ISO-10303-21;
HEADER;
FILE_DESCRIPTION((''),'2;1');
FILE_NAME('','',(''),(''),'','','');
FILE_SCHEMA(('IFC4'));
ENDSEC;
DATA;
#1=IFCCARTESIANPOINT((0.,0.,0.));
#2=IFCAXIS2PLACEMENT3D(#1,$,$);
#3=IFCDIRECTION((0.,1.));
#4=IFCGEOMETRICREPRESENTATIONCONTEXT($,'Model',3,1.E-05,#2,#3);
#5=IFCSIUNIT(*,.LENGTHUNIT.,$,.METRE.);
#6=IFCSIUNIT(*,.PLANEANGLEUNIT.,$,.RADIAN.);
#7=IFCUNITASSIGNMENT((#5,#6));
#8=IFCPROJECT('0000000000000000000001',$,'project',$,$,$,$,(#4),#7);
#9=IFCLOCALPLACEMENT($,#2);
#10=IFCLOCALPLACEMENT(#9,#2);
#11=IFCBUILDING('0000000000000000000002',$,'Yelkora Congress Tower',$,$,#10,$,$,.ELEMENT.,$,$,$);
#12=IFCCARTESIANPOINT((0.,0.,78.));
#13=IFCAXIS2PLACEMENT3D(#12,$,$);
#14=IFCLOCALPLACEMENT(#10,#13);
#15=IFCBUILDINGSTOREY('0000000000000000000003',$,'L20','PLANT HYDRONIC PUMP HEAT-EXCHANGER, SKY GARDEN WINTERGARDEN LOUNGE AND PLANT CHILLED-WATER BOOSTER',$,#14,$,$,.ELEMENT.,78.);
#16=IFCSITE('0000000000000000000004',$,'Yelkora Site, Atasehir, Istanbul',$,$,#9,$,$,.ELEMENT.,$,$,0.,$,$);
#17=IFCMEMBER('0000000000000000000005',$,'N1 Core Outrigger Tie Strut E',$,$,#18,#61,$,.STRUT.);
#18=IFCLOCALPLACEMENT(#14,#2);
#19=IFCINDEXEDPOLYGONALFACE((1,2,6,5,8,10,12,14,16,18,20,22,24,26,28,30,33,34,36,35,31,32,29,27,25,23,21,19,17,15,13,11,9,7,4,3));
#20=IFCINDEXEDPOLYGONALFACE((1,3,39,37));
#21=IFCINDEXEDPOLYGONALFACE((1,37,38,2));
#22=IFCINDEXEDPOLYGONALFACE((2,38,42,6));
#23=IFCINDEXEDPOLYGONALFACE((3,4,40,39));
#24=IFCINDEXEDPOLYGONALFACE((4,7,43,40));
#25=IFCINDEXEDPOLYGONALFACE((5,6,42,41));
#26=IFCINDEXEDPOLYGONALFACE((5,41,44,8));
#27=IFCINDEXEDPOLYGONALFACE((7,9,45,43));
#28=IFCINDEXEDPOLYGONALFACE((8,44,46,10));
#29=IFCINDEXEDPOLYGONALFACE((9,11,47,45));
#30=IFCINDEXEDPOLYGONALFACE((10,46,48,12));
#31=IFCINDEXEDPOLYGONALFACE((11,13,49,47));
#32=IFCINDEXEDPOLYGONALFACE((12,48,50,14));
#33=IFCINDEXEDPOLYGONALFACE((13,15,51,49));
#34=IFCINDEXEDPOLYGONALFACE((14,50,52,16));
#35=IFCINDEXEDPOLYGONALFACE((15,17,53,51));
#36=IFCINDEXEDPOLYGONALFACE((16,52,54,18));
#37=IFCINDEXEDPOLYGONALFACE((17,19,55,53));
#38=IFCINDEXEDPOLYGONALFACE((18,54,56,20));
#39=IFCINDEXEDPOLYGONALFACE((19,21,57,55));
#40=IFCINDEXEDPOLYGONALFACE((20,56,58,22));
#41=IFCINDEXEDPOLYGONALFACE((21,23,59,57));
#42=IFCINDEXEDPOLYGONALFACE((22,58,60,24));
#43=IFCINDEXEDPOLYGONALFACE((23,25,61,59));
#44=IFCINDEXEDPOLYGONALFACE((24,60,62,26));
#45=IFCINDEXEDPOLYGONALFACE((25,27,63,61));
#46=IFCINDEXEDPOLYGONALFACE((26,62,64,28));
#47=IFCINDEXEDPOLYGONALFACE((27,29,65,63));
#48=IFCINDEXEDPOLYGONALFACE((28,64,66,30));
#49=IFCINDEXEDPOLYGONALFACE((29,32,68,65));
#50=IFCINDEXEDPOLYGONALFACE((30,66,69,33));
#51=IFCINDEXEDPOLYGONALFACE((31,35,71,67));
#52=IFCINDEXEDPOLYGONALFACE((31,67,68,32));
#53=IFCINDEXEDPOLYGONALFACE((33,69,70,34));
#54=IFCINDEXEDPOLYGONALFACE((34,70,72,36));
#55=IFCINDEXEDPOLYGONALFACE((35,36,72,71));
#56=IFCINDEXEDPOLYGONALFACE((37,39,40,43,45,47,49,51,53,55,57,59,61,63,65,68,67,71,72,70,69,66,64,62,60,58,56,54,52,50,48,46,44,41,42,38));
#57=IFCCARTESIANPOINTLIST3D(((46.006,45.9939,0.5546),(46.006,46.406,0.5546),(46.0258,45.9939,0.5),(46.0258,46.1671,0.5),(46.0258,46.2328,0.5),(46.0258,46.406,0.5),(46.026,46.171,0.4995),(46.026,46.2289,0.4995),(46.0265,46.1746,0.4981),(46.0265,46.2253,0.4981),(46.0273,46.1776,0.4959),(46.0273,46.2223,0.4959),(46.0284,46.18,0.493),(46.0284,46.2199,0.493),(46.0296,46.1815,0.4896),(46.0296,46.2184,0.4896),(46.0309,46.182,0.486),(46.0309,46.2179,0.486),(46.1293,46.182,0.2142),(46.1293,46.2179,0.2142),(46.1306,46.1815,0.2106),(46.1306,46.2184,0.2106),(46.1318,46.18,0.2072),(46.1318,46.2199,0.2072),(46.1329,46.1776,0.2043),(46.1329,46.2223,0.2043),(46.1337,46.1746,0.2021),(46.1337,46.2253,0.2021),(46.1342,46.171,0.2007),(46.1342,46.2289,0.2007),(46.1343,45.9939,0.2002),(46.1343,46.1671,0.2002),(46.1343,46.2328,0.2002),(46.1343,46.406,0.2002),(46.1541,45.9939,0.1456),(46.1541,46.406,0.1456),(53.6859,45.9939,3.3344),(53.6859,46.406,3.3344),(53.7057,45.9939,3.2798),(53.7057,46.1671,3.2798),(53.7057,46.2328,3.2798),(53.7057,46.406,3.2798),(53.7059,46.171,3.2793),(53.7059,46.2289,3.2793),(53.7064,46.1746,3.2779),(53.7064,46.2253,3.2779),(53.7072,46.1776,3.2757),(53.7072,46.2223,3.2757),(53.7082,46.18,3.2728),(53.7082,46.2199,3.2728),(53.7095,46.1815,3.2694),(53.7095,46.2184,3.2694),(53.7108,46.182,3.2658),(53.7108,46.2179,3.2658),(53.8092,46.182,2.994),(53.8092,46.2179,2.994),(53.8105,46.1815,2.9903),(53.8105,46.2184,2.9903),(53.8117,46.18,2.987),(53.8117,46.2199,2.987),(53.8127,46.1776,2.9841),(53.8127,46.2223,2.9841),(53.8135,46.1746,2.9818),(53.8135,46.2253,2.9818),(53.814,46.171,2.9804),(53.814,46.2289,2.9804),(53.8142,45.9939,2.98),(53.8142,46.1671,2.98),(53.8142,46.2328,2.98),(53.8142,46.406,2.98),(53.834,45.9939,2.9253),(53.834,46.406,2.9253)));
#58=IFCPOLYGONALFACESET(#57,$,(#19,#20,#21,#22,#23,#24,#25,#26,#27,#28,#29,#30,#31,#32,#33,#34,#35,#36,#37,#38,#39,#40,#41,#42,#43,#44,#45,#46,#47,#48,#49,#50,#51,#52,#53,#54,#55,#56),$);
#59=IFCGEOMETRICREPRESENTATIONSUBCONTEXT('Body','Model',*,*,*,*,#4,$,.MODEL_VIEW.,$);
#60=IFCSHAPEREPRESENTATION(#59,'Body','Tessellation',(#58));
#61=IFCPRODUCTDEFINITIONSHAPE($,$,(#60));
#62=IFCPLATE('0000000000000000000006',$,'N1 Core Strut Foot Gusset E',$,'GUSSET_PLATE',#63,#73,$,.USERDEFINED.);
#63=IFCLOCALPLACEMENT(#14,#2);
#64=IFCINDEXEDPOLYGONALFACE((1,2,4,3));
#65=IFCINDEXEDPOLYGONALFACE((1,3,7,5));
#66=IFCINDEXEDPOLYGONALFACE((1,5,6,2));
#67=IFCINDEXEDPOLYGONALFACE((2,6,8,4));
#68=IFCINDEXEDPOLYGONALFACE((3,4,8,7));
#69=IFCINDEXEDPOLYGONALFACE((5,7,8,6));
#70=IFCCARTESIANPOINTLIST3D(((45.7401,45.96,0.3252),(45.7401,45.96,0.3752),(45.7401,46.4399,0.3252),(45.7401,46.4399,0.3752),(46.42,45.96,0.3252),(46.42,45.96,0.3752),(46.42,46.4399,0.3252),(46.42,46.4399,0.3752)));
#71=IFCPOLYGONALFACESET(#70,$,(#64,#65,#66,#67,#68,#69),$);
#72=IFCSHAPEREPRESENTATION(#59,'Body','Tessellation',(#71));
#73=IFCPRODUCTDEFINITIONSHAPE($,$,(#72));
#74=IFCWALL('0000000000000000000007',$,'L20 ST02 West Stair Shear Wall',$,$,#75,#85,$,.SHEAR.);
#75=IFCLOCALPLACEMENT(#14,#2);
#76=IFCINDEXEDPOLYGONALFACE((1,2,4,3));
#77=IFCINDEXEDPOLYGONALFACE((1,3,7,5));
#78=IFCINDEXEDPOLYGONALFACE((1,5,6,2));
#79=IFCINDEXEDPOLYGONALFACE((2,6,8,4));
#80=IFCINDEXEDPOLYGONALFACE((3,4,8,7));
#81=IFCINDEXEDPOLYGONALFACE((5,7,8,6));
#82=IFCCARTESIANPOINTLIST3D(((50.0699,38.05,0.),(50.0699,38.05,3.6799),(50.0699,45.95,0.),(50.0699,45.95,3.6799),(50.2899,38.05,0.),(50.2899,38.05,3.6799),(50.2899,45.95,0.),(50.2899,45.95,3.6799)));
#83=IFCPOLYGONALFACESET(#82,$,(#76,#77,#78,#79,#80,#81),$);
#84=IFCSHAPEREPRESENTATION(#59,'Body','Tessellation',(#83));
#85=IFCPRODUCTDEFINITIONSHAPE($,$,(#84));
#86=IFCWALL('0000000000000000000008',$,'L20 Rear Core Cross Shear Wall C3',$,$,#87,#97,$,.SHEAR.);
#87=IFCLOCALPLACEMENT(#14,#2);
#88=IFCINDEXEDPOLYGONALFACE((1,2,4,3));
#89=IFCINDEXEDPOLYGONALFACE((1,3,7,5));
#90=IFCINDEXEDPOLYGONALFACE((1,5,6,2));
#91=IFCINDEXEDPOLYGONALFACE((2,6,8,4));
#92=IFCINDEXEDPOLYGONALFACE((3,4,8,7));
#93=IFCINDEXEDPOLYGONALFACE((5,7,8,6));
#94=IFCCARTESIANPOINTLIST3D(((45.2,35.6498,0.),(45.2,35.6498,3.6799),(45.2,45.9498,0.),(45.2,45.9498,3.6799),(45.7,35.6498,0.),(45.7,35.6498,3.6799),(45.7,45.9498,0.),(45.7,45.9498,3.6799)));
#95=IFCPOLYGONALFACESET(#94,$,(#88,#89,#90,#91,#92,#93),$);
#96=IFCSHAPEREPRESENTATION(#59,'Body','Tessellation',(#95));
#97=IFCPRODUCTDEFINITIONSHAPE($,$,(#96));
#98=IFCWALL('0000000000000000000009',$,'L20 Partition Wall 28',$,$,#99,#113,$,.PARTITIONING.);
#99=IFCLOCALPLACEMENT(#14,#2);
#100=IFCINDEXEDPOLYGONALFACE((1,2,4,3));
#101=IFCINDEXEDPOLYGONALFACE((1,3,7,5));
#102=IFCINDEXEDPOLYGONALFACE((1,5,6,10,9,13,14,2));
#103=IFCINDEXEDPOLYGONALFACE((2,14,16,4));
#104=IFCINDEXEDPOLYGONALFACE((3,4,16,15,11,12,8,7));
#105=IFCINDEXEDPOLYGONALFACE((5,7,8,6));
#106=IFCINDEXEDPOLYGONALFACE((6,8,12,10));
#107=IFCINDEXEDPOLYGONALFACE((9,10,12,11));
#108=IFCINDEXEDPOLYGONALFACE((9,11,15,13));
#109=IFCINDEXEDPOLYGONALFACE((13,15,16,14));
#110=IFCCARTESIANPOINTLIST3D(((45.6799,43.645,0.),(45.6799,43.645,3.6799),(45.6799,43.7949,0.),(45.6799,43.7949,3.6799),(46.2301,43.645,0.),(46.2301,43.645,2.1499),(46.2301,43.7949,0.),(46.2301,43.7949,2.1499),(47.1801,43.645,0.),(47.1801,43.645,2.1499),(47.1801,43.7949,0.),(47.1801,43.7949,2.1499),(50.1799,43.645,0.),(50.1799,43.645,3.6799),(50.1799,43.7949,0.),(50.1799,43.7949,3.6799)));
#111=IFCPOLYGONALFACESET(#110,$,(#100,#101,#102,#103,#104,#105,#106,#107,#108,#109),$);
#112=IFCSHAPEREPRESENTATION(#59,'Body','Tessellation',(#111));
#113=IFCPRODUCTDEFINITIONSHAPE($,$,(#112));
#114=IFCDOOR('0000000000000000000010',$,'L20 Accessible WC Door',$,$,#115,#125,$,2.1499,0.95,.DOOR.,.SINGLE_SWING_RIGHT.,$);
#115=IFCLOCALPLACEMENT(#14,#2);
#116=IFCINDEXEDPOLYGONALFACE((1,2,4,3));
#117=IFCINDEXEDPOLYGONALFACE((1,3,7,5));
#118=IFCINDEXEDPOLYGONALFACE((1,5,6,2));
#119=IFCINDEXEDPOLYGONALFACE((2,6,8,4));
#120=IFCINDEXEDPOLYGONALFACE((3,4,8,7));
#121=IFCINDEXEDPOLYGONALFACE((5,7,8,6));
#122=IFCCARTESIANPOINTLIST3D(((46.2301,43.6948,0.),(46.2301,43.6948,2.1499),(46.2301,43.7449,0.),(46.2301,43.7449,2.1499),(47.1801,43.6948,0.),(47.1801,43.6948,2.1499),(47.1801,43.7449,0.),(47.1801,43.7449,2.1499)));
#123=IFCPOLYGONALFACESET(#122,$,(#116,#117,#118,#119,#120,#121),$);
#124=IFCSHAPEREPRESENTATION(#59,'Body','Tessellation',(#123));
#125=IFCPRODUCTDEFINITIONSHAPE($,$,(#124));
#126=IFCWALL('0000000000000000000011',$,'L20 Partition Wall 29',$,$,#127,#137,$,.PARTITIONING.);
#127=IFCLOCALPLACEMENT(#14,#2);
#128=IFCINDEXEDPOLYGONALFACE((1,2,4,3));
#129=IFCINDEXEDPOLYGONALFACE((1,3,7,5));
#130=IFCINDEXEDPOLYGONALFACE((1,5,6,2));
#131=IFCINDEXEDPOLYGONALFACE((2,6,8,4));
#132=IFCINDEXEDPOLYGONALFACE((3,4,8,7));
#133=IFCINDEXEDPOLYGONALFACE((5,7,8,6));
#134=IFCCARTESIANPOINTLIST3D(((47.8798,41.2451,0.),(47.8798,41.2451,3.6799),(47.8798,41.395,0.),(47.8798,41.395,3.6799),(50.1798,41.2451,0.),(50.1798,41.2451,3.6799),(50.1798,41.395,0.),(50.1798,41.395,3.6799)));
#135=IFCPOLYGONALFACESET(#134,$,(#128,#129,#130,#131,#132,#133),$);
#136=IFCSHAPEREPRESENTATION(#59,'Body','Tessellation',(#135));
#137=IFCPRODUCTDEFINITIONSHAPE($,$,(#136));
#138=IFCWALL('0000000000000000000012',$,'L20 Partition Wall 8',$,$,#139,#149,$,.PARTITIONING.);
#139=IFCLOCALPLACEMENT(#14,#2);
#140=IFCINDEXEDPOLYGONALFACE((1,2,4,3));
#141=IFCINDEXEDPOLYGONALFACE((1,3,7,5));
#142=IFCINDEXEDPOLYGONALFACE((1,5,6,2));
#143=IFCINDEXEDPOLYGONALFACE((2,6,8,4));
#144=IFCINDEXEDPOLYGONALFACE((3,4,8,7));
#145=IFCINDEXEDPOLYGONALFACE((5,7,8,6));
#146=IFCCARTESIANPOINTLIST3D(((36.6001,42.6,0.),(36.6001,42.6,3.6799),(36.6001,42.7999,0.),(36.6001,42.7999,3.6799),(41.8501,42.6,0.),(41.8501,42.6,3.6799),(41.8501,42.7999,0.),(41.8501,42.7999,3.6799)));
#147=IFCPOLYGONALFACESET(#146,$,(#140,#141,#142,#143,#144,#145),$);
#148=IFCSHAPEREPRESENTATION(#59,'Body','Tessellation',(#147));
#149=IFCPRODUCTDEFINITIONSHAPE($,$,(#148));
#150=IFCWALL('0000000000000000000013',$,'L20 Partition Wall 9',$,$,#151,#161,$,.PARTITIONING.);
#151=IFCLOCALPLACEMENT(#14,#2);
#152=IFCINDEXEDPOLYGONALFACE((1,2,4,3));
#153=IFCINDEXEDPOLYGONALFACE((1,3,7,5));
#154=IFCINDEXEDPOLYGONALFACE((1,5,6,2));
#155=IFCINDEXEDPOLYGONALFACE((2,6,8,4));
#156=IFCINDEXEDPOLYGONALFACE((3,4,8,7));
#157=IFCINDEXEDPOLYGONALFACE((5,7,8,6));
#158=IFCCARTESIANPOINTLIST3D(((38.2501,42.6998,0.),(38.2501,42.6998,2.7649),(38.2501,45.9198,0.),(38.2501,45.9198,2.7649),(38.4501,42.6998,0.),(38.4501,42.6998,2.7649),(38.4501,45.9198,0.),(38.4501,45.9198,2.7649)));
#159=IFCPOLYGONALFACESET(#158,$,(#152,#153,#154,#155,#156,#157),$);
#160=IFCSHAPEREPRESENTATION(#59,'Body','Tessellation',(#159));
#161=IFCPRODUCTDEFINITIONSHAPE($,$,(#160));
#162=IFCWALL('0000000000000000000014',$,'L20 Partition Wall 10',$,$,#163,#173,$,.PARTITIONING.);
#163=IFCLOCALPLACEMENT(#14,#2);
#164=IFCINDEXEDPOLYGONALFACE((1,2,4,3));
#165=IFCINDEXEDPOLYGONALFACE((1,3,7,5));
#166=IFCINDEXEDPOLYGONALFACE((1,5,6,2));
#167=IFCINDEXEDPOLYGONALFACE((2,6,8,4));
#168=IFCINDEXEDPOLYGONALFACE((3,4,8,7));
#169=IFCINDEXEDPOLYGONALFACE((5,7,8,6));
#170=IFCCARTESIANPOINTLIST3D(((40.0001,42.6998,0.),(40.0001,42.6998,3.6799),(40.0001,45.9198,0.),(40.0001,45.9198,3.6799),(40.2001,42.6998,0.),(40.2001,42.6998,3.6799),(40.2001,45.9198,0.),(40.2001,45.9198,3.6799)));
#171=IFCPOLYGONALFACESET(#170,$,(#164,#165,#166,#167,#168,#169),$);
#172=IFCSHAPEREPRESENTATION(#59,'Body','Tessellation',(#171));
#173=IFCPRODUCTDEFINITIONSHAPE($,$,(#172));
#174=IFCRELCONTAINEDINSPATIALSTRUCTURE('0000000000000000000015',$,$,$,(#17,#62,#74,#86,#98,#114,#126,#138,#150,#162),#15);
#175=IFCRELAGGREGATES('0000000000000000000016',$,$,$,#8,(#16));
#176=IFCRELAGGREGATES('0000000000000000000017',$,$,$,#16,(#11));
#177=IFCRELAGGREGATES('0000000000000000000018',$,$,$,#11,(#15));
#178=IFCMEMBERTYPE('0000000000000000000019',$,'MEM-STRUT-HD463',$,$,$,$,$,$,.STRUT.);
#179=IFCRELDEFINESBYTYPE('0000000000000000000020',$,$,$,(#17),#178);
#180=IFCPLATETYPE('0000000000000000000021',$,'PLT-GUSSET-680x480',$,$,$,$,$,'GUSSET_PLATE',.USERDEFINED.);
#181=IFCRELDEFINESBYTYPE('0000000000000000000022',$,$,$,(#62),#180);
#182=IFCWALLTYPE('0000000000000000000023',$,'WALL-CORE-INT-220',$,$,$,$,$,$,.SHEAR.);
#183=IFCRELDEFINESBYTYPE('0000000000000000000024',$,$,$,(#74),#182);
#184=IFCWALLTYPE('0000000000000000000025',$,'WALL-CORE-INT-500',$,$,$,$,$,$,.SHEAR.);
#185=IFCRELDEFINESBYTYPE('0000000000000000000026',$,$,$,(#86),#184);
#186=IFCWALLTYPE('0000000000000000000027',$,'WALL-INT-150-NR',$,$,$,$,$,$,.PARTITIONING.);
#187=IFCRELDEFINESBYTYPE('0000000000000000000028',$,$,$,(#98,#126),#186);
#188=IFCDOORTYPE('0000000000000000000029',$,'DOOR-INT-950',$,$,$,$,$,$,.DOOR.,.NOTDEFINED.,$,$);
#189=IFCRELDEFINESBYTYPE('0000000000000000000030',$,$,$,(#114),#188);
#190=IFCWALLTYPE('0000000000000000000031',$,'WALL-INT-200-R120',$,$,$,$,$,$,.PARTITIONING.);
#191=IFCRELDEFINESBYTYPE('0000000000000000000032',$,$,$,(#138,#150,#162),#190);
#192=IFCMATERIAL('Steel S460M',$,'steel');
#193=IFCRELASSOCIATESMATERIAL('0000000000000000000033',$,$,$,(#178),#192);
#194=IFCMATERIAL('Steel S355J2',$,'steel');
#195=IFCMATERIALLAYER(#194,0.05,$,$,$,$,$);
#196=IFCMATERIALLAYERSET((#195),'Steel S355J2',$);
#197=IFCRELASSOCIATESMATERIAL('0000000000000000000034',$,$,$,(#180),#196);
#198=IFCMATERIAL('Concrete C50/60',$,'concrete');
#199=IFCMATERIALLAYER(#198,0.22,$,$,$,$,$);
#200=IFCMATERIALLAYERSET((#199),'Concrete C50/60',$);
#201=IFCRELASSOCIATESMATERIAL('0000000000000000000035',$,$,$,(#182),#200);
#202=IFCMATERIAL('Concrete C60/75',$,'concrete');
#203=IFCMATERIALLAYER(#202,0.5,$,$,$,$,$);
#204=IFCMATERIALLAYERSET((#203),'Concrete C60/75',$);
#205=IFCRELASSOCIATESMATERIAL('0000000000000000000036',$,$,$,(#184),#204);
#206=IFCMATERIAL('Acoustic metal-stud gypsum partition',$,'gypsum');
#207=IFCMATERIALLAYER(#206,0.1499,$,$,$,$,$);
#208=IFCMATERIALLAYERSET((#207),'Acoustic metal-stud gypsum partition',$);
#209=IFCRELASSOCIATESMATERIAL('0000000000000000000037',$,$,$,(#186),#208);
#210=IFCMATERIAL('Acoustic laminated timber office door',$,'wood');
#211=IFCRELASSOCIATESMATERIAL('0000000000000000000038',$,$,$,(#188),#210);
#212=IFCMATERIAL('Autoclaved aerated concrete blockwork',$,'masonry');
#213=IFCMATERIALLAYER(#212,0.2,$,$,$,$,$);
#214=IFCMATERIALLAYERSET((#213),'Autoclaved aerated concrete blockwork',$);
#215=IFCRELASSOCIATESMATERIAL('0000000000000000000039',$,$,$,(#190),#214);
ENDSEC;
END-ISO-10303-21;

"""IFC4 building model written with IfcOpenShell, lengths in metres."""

from ifc_helpers import new_model, si_unit, direction, frame, frame_2d, origin, origin_2d, place, context, subcontext, project, spatial, rectangle, i_section, extrude, material, layer, layer_set, material_profile, profile_set, type_object, element, fill, save


model = new_model("IFC4")

# Units and contexts
model_context = context("Model", 3, precision=1e-05, world=origin(), true_north=direction((0.0, 1.0)))
body_context = subcontext(model_context, "Body", "Model", "MODEL_VIEW")
ifc_project = project(units=[si_unit("LENGTHUNIT", "METRE"), si_unit("PLANEANGLEUNIT", "RADIAN")], contexts=[model_context])

# Site, building, storey
site_placement = place(None, origin())
site = spatial("IfcSite", under=ifc_project, at=site_placement, Name="Yelkora Site, Atasehir, Istanbul", CompositionType="ELEMENT", RefElevation=0.0)
building_placement = place(site_placement, origin())
building = spatial("IfcBuilding", under=site, at=building_placement, Name="Yelkora Congress Tower", CompositionType="ELEMENT")
storey_placement = place(building_placement, frame((0.0, 0.0, 78.0)))
storey = spatial("IfcBuildingStorey", under=building, at=storey_placement, Name="L20", Description="PLANT HYDRONIC PUMP HEAT-EXCHANGER, SKY GARDEN WINTERGARDEN LOUNGE AND PLANT CHILLED-WATER BOOSTER", CompositionType="ELEMENT", Elevation=78.0)

# Shared definitions
ifc_material_1 = material(Name="Concrete C60/75", Category="concrete")

# Shared definitions
ifc_material_2 = material(Name="Steel S355J2", Category="steel")
ifc_material_3 = material(Name="Steel S460M", Category="steel")

# Member
ifc_material_profile_1 = material_profile(ifc_material_3, i_section(OverallWidth=0.4121, OverallDepth=0.4351, WebThickness=0.0359, FlangeThickness=0.0581, FilletRadius=0.0149, at=origin_2d()), Name="HD 400x463")
ifc_profile_set_1 = profile_set([ifc_material_profile_1], Name="Steel S460M")
member_type = type_object("IfcMemberType", Name="MEM-STRUT-HD463", PredefinedType="STRUT", material=ifc_profile_set_1)
member_placement = place(storey_placement, frame((46.0801, 46.2, 0.3501), z_axis=(0.9403, 0.0, 0.340346), x_axis=(0.0, 1.0, 0.0)))
element("IfcMember", 1, at=member_placement, inside=storey, type_object=member_type, Name="N1 Core Outrigger Tie Strut E", PredefinedType="STRUT", context=body_context, shape_type="SweptSolid", body=[
    extrude(i_section(OverallWidth=0.4121, OverallDepth=0.4351, WebThickness=0.0359, FlangeThickness=0.0581, FilletRadius=0.0149, at=origin_2d()), origin(), (0.0, 0.0, 1.0), 8.1675),
])

# Plate
ifc_layer_1 = layer(ifc_material_2, 0.05)
ifc_layer_set_1 = layer_set([ifc_layer_1], Name="Steel S355J2")
plate_type = type_object("IfcPlateType", Name="PLT-GUSSET-680x480", ElementType="GUSSET_PLATE", PredefinedType="USERDEFINED", material=ifc_layer_set_1)
plate_placement = place(storey_placement, frame((46.0801, 46.2, 0.3252), z_axis=(0.0, 0.0, 1.0), x_axis=(1.0, 0.0, 0.0)))
element("IfcPlate", 2, at=plate_placement, inside=storey, type_object=plate_type, Name="N1 Core Strut Foot Gusset E", ObjectType="GUSSET_PLATE", PredefinedType="USERDEFINED", context=body_context, shape_type="SweptSolid", body=[
    extrude(rectangle(XDim=0.6799, YDim=0.48, at=origin_2d()), origin(), (0.0, 0.0, 1.0), 0.05),
])

# Walls
ifc_material_4 = material(Name="Concrete C50/60", Category="concrete")
ifc_layer_2 = layer(ifc_material_4, 0.22)
ifc_layer_set_2 = layer_set([ifc_layer_2], Name="Concrete C50/60")
wall_type_1 = type_object("IfcWallType", Name="WALL-CORE-INT-220", PredefinedType="SHEAR", material=ifc_layer_set_2)
wall_1_placement = place(storey_placement, frame((50.1799, 38.05, 0.0), z_axis=(0.0, 0.0, 1.0), x_axis=(0.0, 1.0, 0.0)))
element("IfcWall", 3, at=wall_1_placement, inside=storey, type_object=wall_type_1, Name="L20 ST02 West Stair Shear Wall", PredefinedType="SHEAR", context=body_context, shape_type="SweptSolid", body=[
    extrude(rectangle(XDim=7.8999, YDim=0.22, at=frame_2d((3.95, 0.0))), origin(), (0.0, 0.0, 1.0), 3.6799),
])
ifc_layer_3 = layer(ifc_material_1, 0.5)
ifc_layer_set_3 = layer_set([ifc_layer_3], Name="Concrete C60/75")
wall_type_2 = type_object("IfcWallType", Name="WALL-CORE-INT-500", PredefinedType="SHEAR", material=ifc_layer_set_3)
wall_2_placement = place(storey_placement, frame((45.45, 35.6499, 0.0), z_axis=(0.0, 0.0, 1.0), x_axis=(0.0, 1.0, 0.0)))
element("IfcWall", 4, at=wall_2_placement, inside=storey, type_object=wall_type_2, Name="L20 Rear Core Cross Shear Wall C3", PredefinedType="SHEAR", context=body_context, shape_type="SweptSolid", body=[
    extrude(rectangle(XDim=10.3, YDim=0.5, at=frame_2d((5.1499, 0.0))), origin(), (0.0, 0.0, 1.0), 3.6799),
])

# Wall, opening, door
ifc_material_5 = material(Name="Acoustic metal-stud gypsum partition", Category="gypsum")
ifc_layer_4 = layer(ifc_material_5, 0.1499)
ifc_layer_set_4 = layer_set([ifc_layer_4], Name="Acoustic metal-stud gypsum partition")
wall_type_3 = type_object("IfcWallType", Name="WALL-INT-150-NR", PredefinedType="PARTITIONING", material=ifc_layer_set_4)
wall_3_placement = place(storey_placement, frame((45.6799, 43.72, 0.0), z_axis=(0.0, 0.0, 1.0), x_axis=(1.0, 0.0, 0.0)))
wall_3 = element("IfcWall", 5, at=wall_3_placement, inside=storey, type_object=wall_type_3, Name="L20 Partition Wall 28", PredefinedType="PARTITIONING", context=body_context, shape_type="SweptSolid", body=[
    extrude(rectangle(XDim=4.5, YDim=0.1499, at=frame_2d((2.25, 0.0))), origin(), (0.0, 0.0, 1.0), 3.6799),
])
opening_1_placement = place(wall_3_placement, frame((0.55, 0.0, 0.0)))
opening_1 = element("IfcOpeningElement", 6, at=opening_1_placement, cuts=wall_3, PredefinedType="OPENING", context=body_context, shape_type="SweptSolid", body=[
    extrude(rectangle(XDim=0.95, YDim=2.1499, at=frame_2d((0.4751, 1.075))), frame((0.0, 0.085, 0.0), z_axis=(0.0, -1.0, 0.0), x_axis=(1.0, 0.0, 0.0)), (0.0, 0.0, 1.0), 0.1699),
])
ifc_material_6 = material(Name="Acoustic laminated timber office door", Category="wood")
door_type_1 = type_object("IfcDoorType", Name="DOOR-INT-950", OperationType="NOTDEFINED", PredefinedType="DOOR", material=ifc_material_6)
door_1_placement = place(opening_1_placement, origin())
door_1 = element("IfcDoor", 7, at=door_1_placement, inside=storey, type_object=door_type_1, Name="L20 Accessible WC Door", OperationType="SINGLE_SWING_RIGHT", OverallHeight=2.1499, OverallWidth=0.95, PredefinedType="DOOR", context=body_context, shape_type="SweptSolid", body=[
    extrude(rectangle(XDim=0.95, YDim=2.1499, at=frame_2d((0.4751, 1.075))), frame((0.0, 0.0249, 0.0), z_axis=(0.0, -1.0, 0.0), x_axis=(1.0, 0.0, 0.0)), (0.0, 0.0, 1.0), 0.05),
])
fill(opening_1, door_1)

# Wall
wall_4_placement = place(storey_placement, frame((47.8799, 41.3201, 0.0), z_axis=(0.0, 0.0, 1.0), x_axis=(1.0, 0.0, 0.0)))
element("IfcWall", 8, at=wall_4_placement, inside=storey, type_object=wall_type_3, Name="L20 Partition Wall 29", PredefinedType="PARTITIONING", context=body_context, shape_type="SweptSolid", body=[
    extrude(rectangle(XDim=2.3, YDim=0.1499, at=frame_2d((1.1499, 0.0))), origin(), (0.0, 0.0, 1.0), 3.6799),
])

# Walls
ifc_material_7 = material(Name="Autoclaved aerated concrete blockwork", Category="masonry")
ifc_layer_5 = layer(ifc_material_7, 0.2)
ifc_layer_set_5 = layer_set([ifc_layer_5], Name="Autoclaved aerated concrete blockwork")
wall_type_4 = type_object("IfcWallType", Name="WALL-INT-200-R120", PredefinedType="PARTITIONING", material=ifc_layer_set_5)
wall_5_placement = place(storey_placement, frame((36.6001, 42.7, 0.0), z_axis=(0.0, 0.0, 1.0), x_axis=(1.0, 0.0, 0.0)))
element("IfcWall", 9, at=wall_5_placement, inside=storey, type_object=wall_type_4, Name="L20 Partition Wall 8", PredefinedType="PARTITIONING", context=body_context, shape_type="SweptSolid", body=[
    extrude(rectangle(XDim=5.25, YDim=0.2, at=frame_2d((2.625, 0.0))), origin(), (0.0, 0.0, 1.0), 3.6799),
])
wall_6_placement = place(storey_placement, frame((38.3501, 42.7, 0.0), z_axis=(0.0, 0.0, 1.0), x_axis=(0.0, 1.0, 0.0)))
element("IfcWall", 10, at=wall_6_placement, inside=storey, type_object=wall_type_4, Name="L20 Partition Wall 9", PredefinedType="PARTITIONING", context=body_context, shape_type="SweptSolid", body=[
    extrude(rectangle(XDim=3.22, YDim=0.2, at=frame_2d((1.6099, 0.0))), origin(), (0.0, 0.0, 1.0), 2.7649),
])
wall_7_placement = place(storey_placement, frame((40.1001, 42.7, 0.0), z_axis=(0.0, 0.0, 1.0), x_axis=(0.0, 1.0, 0.0)))
element("IfcWall", 11, at=wall_7_placement, inside=storey, type_object=wall_type_4, Name="L20 Partition Wall 10", PredefinedType="PARTITIONING", context=body_context, shape_type="SweptSolid", body=[
    extrude(rectangle(XDim=3.22, YDim=0.2, at=frame_2d((1.6099, 0.0))), origin(), (0.0, 0.0, 1.0), 3.6799),
])

save(model, "model.ifc")
